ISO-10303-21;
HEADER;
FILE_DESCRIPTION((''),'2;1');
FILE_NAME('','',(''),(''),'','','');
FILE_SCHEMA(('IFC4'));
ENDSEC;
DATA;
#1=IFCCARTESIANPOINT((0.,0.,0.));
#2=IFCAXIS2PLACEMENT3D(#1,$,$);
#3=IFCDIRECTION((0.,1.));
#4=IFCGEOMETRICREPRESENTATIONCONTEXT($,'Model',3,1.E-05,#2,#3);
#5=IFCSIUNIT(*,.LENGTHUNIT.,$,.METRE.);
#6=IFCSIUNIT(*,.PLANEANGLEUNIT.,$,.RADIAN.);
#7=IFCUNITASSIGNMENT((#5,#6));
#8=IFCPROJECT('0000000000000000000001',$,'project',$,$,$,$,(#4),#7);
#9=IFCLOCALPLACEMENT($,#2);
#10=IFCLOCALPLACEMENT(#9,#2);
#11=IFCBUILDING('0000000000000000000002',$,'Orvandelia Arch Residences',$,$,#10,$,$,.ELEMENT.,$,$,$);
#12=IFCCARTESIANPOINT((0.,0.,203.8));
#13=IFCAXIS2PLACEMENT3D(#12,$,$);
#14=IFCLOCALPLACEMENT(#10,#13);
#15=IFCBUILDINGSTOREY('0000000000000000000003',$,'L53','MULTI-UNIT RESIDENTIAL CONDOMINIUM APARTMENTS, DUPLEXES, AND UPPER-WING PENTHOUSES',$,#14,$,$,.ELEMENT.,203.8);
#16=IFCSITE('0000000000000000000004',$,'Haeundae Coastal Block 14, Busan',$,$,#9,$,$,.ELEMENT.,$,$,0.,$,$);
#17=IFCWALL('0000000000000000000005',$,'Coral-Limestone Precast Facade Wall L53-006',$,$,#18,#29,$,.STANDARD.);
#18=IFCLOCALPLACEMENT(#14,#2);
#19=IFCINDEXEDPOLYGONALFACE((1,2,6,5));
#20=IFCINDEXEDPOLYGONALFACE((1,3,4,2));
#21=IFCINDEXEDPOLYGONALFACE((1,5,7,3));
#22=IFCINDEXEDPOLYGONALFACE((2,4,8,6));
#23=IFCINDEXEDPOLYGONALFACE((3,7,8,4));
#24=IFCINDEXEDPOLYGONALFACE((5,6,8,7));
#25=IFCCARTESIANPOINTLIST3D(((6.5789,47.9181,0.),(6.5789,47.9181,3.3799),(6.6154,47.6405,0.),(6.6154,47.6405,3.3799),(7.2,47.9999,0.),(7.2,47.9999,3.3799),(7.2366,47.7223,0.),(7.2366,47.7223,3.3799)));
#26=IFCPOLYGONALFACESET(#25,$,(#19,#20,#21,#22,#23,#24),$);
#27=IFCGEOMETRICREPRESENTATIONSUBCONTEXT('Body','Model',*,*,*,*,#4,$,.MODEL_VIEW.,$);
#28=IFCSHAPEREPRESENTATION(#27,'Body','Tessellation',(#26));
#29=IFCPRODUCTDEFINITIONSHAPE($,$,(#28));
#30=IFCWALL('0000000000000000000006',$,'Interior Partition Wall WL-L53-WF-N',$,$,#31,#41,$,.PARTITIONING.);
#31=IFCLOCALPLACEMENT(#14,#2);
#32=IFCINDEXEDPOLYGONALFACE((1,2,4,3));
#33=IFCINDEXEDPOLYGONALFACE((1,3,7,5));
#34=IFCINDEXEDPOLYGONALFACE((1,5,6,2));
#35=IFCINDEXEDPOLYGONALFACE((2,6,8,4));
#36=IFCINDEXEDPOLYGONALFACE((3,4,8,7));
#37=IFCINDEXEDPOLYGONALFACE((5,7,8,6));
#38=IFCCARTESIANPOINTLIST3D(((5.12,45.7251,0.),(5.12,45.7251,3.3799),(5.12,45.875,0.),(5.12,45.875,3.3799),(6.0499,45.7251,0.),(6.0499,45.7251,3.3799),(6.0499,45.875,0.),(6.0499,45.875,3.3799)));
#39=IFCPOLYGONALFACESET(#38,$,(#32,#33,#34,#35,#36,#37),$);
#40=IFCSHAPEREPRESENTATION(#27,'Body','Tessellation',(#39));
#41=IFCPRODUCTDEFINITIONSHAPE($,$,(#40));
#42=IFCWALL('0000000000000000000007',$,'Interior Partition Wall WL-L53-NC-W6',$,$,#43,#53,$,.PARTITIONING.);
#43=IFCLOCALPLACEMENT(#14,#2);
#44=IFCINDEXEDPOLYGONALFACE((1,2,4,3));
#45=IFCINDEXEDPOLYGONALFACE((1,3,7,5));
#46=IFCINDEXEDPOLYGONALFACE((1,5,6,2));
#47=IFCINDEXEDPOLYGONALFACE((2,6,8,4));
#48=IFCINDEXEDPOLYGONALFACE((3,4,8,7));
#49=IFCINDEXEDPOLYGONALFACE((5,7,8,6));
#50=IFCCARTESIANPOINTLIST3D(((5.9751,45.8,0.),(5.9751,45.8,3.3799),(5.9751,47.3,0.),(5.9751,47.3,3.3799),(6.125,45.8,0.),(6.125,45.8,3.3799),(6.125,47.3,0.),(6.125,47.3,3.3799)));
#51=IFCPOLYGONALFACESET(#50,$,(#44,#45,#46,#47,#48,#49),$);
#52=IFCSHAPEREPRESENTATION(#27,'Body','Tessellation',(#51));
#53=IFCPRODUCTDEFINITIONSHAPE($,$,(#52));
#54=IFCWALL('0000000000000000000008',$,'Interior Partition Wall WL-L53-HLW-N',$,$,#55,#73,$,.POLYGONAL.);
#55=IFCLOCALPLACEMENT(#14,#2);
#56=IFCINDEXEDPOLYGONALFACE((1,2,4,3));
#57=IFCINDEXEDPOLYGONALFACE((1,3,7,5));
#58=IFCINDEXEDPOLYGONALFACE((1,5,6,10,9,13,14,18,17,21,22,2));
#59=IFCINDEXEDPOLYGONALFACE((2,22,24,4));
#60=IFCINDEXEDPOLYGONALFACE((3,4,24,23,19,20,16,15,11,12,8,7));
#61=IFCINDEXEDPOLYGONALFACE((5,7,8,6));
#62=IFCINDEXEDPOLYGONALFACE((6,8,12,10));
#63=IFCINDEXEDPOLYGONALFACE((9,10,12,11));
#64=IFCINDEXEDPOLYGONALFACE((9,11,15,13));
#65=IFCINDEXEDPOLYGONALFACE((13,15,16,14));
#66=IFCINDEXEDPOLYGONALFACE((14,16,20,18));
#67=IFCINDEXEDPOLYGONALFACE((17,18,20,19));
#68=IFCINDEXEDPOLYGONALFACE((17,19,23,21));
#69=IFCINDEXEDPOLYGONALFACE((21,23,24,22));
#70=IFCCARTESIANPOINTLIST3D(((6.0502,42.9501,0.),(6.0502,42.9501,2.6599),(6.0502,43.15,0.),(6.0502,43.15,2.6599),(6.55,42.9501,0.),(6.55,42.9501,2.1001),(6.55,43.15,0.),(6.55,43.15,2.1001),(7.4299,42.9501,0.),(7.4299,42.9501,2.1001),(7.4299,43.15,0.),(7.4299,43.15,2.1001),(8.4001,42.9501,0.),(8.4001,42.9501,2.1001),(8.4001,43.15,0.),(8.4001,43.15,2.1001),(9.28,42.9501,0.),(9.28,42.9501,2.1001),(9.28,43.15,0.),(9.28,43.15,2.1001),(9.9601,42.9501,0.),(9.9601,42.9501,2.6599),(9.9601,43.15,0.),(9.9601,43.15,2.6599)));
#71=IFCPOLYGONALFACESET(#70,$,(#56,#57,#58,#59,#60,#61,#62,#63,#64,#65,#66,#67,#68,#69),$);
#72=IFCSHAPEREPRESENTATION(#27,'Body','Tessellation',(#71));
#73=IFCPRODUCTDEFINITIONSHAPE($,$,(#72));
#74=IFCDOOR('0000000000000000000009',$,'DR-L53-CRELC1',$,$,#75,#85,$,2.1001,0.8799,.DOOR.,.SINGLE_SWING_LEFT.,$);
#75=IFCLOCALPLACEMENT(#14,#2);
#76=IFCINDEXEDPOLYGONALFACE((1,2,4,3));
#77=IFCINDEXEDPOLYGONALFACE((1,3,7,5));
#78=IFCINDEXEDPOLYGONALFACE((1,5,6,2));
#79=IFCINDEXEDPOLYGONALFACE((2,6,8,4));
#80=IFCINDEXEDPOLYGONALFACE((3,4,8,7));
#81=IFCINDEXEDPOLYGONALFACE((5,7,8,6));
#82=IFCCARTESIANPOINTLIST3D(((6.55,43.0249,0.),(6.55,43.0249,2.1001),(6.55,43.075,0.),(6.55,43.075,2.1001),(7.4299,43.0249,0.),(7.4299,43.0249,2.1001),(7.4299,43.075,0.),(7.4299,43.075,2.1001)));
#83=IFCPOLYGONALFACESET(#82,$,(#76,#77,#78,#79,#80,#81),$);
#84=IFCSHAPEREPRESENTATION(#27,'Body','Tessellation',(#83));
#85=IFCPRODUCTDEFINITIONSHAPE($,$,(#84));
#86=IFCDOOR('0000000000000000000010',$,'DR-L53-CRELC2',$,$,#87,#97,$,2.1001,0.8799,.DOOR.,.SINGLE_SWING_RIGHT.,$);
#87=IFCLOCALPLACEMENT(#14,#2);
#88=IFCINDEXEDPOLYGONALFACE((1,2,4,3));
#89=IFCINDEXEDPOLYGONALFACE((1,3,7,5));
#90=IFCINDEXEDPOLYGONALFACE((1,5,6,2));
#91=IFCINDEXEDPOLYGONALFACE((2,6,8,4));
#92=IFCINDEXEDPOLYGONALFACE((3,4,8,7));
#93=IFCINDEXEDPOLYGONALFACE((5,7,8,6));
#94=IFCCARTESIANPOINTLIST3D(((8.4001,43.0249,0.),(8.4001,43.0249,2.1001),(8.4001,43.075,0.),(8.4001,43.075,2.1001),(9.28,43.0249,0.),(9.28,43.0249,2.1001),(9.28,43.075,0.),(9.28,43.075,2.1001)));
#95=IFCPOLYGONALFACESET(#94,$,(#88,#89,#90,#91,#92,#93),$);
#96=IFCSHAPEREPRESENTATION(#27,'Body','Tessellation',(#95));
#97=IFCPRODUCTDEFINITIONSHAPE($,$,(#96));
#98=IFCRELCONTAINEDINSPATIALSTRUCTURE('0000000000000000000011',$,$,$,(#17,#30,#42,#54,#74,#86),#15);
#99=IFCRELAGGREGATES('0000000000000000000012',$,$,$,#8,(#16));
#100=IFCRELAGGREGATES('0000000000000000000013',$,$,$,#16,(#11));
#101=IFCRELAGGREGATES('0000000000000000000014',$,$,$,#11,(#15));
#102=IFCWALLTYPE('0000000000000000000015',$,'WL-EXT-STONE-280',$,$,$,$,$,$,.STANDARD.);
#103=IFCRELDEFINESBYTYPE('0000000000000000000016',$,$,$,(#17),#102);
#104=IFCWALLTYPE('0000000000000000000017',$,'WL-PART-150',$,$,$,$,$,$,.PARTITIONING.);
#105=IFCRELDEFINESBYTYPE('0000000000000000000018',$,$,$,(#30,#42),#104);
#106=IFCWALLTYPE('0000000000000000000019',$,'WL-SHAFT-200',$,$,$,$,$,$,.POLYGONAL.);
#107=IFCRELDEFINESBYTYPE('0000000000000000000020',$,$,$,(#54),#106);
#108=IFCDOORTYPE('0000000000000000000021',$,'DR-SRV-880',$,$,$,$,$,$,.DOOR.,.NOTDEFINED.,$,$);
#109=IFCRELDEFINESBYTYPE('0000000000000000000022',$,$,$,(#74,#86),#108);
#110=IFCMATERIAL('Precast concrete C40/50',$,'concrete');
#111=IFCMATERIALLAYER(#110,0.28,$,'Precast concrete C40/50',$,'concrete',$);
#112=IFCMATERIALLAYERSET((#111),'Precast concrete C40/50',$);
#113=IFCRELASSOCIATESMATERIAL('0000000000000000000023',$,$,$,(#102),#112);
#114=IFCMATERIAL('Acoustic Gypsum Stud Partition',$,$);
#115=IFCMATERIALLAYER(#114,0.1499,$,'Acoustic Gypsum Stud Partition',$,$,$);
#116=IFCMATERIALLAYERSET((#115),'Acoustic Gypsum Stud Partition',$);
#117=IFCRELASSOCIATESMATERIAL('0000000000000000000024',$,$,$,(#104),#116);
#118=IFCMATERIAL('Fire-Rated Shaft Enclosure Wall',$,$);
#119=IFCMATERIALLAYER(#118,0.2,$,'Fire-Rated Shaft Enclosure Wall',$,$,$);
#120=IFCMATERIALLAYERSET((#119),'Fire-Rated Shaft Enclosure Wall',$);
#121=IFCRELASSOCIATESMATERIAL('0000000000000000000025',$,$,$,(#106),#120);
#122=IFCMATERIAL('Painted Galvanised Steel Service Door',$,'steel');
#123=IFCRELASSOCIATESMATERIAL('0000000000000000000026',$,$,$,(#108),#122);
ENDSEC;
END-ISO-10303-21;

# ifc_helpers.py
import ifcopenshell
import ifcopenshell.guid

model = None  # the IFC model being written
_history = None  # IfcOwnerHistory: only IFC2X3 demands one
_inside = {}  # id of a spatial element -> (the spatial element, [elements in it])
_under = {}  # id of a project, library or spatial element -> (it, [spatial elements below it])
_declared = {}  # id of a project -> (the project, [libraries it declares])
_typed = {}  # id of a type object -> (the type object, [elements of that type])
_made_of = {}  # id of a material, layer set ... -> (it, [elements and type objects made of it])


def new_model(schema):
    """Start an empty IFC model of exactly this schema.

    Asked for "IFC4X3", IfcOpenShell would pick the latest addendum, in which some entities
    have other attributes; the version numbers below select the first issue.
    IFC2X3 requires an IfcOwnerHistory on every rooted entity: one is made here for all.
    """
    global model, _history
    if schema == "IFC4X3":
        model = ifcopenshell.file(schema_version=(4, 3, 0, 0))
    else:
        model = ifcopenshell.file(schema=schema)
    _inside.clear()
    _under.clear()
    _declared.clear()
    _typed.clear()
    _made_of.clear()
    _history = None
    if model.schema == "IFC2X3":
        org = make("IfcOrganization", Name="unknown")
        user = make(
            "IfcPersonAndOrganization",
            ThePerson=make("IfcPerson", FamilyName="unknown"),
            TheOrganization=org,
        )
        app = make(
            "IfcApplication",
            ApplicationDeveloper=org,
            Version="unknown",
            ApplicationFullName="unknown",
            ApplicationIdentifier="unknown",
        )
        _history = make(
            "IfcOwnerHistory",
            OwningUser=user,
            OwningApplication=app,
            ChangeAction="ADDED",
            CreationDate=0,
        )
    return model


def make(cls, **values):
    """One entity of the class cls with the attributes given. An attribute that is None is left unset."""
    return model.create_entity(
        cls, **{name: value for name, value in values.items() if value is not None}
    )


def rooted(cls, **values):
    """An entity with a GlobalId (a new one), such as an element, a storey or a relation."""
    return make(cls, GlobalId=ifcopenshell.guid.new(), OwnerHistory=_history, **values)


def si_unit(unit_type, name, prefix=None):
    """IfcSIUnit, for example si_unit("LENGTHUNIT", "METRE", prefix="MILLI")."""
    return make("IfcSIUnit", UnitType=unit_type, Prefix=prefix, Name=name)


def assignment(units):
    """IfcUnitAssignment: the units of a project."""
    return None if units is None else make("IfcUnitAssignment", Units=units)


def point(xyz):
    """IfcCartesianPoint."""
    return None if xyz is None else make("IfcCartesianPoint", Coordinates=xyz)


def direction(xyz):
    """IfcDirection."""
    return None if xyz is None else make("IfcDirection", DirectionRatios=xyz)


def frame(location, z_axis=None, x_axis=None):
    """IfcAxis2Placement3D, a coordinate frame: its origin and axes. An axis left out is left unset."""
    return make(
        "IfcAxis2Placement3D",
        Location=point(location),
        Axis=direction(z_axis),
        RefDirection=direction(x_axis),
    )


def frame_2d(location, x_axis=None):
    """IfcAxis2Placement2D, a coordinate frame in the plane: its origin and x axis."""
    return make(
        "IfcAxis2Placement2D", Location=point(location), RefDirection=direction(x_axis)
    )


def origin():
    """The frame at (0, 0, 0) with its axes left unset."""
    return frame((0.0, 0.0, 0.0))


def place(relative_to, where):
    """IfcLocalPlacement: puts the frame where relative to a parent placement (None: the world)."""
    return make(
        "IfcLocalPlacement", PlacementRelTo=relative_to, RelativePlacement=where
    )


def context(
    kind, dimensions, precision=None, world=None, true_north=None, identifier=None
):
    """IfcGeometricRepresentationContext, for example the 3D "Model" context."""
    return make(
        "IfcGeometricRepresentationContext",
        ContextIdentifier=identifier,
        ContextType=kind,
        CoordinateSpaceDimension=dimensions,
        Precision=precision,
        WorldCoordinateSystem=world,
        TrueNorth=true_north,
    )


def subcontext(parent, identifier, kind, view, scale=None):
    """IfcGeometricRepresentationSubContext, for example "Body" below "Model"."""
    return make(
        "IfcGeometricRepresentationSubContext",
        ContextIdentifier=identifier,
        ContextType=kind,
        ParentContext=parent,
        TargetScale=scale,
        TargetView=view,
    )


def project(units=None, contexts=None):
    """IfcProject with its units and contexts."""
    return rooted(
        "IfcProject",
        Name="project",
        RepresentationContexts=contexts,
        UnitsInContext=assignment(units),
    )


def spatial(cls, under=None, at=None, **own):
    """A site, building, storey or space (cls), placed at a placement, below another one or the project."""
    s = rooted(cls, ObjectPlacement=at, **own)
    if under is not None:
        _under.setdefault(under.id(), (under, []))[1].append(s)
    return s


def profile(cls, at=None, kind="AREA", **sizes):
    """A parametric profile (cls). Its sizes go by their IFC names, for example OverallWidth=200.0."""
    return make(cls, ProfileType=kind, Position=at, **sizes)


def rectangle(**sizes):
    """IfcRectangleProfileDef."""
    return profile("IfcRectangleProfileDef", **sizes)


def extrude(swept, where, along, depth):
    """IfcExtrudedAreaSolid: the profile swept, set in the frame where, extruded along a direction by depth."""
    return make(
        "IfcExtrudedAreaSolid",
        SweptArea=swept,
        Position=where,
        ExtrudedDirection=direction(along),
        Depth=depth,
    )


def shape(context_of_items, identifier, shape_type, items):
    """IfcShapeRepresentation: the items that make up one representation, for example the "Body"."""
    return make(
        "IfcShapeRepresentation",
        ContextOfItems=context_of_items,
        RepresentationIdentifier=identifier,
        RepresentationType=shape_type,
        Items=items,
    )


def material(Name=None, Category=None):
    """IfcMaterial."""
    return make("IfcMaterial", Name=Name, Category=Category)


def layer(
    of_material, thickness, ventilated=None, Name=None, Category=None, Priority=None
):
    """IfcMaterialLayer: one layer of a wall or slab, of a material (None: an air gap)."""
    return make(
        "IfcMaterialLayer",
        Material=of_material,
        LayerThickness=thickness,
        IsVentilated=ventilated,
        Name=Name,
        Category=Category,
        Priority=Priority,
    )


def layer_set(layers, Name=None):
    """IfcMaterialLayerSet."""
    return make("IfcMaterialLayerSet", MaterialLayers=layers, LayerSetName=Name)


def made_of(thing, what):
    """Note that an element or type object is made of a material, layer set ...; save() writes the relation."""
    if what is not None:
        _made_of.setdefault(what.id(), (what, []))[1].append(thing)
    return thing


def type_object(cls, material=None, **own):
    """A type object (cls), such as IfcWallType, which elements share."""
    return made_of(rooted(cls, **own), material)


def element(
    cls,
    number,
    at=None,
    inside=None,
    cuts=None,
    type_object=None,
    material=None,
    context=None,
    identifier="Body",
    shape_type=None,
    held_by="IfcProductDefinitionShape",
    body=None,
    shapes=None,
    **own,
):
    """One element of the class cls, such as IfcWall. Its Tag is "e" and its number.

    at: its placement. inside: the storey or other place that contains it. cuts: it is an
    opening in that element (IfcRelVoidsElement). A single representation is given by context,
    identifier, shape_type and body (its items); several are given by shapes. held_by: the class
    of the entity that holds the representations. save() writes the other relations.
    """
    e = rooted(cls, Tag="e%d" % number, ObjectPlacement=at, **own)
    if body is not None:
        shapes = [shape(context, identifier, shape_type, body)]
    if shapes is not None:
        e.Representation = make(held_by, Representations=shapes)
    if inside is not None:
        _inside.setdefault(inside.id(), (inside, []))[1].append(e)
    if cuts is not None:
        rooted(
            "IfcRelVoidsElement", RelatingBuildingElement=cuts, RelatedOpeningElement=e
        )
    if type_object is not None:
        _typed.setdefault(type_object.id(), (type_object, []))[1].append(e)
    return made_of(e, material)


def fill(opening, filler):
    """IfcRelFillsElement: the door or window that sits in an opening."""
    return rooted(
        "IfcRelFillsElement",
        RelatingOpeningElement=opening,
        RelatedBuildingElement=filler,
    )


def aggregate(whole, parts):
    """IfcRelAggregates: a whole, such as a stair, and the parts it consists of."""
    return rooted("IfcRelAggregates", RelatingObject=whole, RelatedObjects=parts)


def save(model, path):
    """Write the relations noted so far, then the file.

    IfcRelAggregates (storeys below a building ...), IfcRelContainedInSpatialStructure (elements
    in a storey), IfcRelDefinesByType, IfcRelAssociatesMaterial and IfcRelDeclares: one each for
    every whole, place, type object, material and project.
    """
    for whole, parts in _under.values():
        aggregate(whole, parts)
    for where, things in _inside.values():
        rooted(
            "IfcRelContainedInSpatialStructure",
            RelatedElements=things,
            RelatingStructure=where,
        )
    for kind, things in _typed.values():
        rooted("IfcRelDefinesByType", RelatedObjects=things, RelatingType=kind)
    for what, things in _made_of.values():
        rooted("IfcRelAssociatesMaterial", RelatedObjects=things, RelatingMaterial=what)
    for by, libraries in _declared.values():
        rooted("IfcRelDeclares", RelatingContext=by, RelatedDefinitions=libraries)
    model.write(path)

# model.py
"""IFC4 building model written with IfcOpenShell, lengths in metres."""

from ifc_helpers import new_model, si_unit, direction, frame, frame_2d, origin, place, context, subcontext, project, spatial, rectangle, extrude, material, layer, layer_set, type_object, element, fill, save


model = new_model("IFC4")

# Units and contexts
model_context = context("Model", 3, precision=1e-05, world=origin(), true_north=direction((0.0, 1.0)))
body_context = subcontext(model_context, "Body", "Model", "MODEL_VIEW")
ifc_project = project(units=[si_unit("LENGTHUNIT", "METRE"), si_unit("PLANEANGLEUNIT", "RADIAN")], contexts=[model_context])

# Site, building, storey
site_placement = place(None, origin())
site = spatial("IfcSite", under=ifc_project, at=site_placement, Name="Haeundae Coastal Block 14, Busan", CompositionType="ELEMENT", RefElevation=0.0)
building_placement = place(site_placement, origin())
building = spatial("IfcBuilding", under=site, at=building_placement, Name="Orvandelia Arch Residences", CompositionType="ELEMENT")
storey_placement = place(building_placement, frame((0.0, 0.0, 203.8)))
storey = spatial("IfcBuildingStorey", under=building, at=storey_placement, Name="L53", Description="MULTI-UNIT RESIDENTIAL CONDOMINIUM APARTMENTS, DUPLEXES, AND UPPER-WING PENTHOUSES", CompositionType="ELEMENT", Elevation=203.8)

# Walls
ifc_material_1 = material(Name="Precast concrete C40/50", Category="concrete")
ifc_layer_1 = layer(ifc_material_1, 0.28, Name="Precast concrete C40/50", Category="concrete")
ifc_layer_set_1 = layer_set([ifc_layer_1], Name="Precast concrete C40/50")
wall_type_1 = type_object("IfcWallType", Name="WL-EXT-STONE-280", PredefinedType="STANDARD", material=ifc_layer_set_1)
wall_1_placement = place(storey_placement, frame((6.5972, 47.7793, 0.0), z_axis=(0.0, 0.0, 1.0), x_axis=(0.991441, 0.130555, 0.0)))
element("IfcWall", 1, at=wall_1_placement, inside=storey, type_object=wall_type_1, Name="Coral-Limestone Precast Facade Wall L53-006", PredefinedType="STANDARD", context=body_context, shape_type="SweptSolid", body=[
    extrude(rectangle(XDim=0.6265, YDim=0.28, at=frame_2d((0.3132, 0.0))), origin(), (0.0, 0.0, 1.0), 3.3799),
])
ifc_material_2 = material(Name="Acoustic Gypsum Stud Partition")
ifc_layer_2 = layer(ifc_material_2, 0.1499, Name="Acoustic Gypsum Stud Partition")
ifc_layer_set_2 = layer_set([ifc_layer_2], Name="Acoustic Gypsum Stud Partition")
wall_type_2 = type_object("IfcWallType", Name="WL-PART-150", PredefinedType="PARTITIONING", material=ifc_layer_set_2)
wall_2_placement = place(storey_placement, frame((5.1201, 45.8, 0.0), z_axis=(0.0, 0.0, 1.0), x_axis=(1.0, 0.0, 0.0)))
element("IfcWall", 2, at=wall_2_placement, inside=storey, type_object=wall_type_2, Name="Interior Partition Wall WL-L53-WF-N", PredefinedType="PARTITIONING", context=body_context, shape_type="SweptSolid", body=[
    extrude(rectangle(XDim=0.9299, YDim=0.1499, at=frame_2d((0.4648, 0.0))), origin(), (0.0, 0.0, 1.0), 3.3799),
])
wall_3_placement = place(storey_placement, frame((6.05, 45.8, 0.0), z_axis=(0.0, 0.0, 1.0), x_axis=(0.0, 1.0, 0.0)))
element("IfcWall", 3, at=wall_3_placement, inside=storey, type_object=wall_type_2, Name="Interior Partition Wall WL-L53-NC-W6", PredefinedType="PARTITIONING", context=body_context, shape_type="SweptSolid", body=[
    extrude(rectangle(XDim=1.5, YDim=0.1499, at=frame_2d((0.75, 0.0))), origin(), (0.0, 0.0, 1.0), 3.3799),
])

# Wall, openings, doors
ifc_material_3 = material(Name="Fire-Rated Shaft Enclosure Wall")
ifc_layer_3 = layer(ifc_material_3, 0.2, Name="Fire-Rated Shaft Enclosure Wall")
ifc_layer_set_3 = layer_set([ifc_layer_3], Name="Fire-Rated Shaft Enclosure Wall")
wall_type_3 = type_object("IfcWallType", Name="WL-SHAFT-200", PredefinedType="POLYGONAL", material=ifc_layer_set_3)
wall_4_placement = place(storey_placement, frame((6.05, 43.05, 0.0), z_axis=(0.0, 0.0, 1.0), x_axis=(1.0, 0.0, 0.0)))
wall_4 = element("IfcWall", 4, at=wall_4_placement, inside=storey, type_object=wall_type_3, Name="Interior Partition Wall WL-L53-HLW-N", PredefinedType="POLYGONAL", context=body_context, shape_type="SweptSolid", body=[
    extrude(rectangle(XDim=3.9099, YDim=0.2, at=frame_2d((1.9551, 0.0))), origin(), (0.0, 0.0, 1.0), 2.6599),
])
opening_1_placement = place(wall_4_placement, frame((0.5, 0.0, 0.0)))
opening_1 = element("IfcOpeningElement", 5, at=opening_1_placement, cuts=wall_4, PredefinedType="OPENING", context=body_context, shape_type="SweptSolid", body=[
    extrude(rectangle(XDim=0.8799, YDim=2.1001, at=frame_2d((0.4399, 1.05))), frame((0.0, 0.1099, 0.0), z_axis=(0.0, -1.0, 0.0), x_axis=(1.0, 0.0, 0.0)), (0.0, 0.0, 1.0), 0.22),
])
opening_2_placement = place(wall_4_placement, frame((2.3501, 0.0, 0.0)))
opening_2 = element("IfcOpeningElement", 6, at=opening_2_placement, cuts=wall_4, PredefinedType="OPENING", context=body_context, shape_type="SweptSolid", body=[
    extrude(rectangle(XDim=0.8799, YDim=2.1001, at=frame_2d((0.4399, 1.05))), frame((0.0, 0.1099, 0.0), z_axis=(0.0, -1.0, 0.0), x_axis=(1.0, 0.0, 0.0)), (0.0, 0.0, 1.0), 0.22),
])
ifc_material_4 = material(Name="Painted Galvanised Steel Service Door", Category="steel")
door_type = type_object("IfcDoorType", Name="DR-SRV-880", OperationType="NOTDEFINED", PredefinedType="DOOR", material=ifc_material_4)
door_1_placement = place(opening_1_placement, origin())
door_1 = element("IfcDoor", 7, at=door_1_placement, inside=storey, type_object=door_type, Name="DR-L53-CRELC1", OperationType="SINGLE_SWING_LEFT", OverallHeight=2.1001, OverallWidth=0.8799, PredefinedType="DOOR", context=body_context, shape_type="SweptSolid", body=[
    extrude(rectangle(XDim=0.8799, YDim=2.1001, at=frame_2d((0.4399, 1.05))), frame((0.0, 0.0249, 0.0), z_axis=(0.0, -1.0, 0.0), x_axis=(1.0, 0.0, 0.0)), (0.0, 0.0, 1.0), 0.05),
])
fill(opening_1, door_1)
door_2_placement = place(opening_2_placement, origin())
door_2 = element("IfcDoor", 8, at=door_2_placement, inside=storey, type_object=door_type, Name="DR-L53-CRELC2", OperationType="SINGLE_SWING_RIGHT", OverallHeight=2.1001, OverallWidth=0.8799, PredefinedType="DOOR", context=body_context, shape_type="SweptSolid", body=[
    extrude(rectangle(XDim=0.8799, YDim=2.1001, at=frame_2d((0.4399, 1.05))), frame((0.0, 0.0249, 0.0), z_axis=(0.0, -1.0, 0.0), x_axis=(1.0, 0.0, 0.0)), (0.0, 0.0, 1.0), 0.05),
])
fill(opening_2, door_2)

save(model, "model.ifc")
